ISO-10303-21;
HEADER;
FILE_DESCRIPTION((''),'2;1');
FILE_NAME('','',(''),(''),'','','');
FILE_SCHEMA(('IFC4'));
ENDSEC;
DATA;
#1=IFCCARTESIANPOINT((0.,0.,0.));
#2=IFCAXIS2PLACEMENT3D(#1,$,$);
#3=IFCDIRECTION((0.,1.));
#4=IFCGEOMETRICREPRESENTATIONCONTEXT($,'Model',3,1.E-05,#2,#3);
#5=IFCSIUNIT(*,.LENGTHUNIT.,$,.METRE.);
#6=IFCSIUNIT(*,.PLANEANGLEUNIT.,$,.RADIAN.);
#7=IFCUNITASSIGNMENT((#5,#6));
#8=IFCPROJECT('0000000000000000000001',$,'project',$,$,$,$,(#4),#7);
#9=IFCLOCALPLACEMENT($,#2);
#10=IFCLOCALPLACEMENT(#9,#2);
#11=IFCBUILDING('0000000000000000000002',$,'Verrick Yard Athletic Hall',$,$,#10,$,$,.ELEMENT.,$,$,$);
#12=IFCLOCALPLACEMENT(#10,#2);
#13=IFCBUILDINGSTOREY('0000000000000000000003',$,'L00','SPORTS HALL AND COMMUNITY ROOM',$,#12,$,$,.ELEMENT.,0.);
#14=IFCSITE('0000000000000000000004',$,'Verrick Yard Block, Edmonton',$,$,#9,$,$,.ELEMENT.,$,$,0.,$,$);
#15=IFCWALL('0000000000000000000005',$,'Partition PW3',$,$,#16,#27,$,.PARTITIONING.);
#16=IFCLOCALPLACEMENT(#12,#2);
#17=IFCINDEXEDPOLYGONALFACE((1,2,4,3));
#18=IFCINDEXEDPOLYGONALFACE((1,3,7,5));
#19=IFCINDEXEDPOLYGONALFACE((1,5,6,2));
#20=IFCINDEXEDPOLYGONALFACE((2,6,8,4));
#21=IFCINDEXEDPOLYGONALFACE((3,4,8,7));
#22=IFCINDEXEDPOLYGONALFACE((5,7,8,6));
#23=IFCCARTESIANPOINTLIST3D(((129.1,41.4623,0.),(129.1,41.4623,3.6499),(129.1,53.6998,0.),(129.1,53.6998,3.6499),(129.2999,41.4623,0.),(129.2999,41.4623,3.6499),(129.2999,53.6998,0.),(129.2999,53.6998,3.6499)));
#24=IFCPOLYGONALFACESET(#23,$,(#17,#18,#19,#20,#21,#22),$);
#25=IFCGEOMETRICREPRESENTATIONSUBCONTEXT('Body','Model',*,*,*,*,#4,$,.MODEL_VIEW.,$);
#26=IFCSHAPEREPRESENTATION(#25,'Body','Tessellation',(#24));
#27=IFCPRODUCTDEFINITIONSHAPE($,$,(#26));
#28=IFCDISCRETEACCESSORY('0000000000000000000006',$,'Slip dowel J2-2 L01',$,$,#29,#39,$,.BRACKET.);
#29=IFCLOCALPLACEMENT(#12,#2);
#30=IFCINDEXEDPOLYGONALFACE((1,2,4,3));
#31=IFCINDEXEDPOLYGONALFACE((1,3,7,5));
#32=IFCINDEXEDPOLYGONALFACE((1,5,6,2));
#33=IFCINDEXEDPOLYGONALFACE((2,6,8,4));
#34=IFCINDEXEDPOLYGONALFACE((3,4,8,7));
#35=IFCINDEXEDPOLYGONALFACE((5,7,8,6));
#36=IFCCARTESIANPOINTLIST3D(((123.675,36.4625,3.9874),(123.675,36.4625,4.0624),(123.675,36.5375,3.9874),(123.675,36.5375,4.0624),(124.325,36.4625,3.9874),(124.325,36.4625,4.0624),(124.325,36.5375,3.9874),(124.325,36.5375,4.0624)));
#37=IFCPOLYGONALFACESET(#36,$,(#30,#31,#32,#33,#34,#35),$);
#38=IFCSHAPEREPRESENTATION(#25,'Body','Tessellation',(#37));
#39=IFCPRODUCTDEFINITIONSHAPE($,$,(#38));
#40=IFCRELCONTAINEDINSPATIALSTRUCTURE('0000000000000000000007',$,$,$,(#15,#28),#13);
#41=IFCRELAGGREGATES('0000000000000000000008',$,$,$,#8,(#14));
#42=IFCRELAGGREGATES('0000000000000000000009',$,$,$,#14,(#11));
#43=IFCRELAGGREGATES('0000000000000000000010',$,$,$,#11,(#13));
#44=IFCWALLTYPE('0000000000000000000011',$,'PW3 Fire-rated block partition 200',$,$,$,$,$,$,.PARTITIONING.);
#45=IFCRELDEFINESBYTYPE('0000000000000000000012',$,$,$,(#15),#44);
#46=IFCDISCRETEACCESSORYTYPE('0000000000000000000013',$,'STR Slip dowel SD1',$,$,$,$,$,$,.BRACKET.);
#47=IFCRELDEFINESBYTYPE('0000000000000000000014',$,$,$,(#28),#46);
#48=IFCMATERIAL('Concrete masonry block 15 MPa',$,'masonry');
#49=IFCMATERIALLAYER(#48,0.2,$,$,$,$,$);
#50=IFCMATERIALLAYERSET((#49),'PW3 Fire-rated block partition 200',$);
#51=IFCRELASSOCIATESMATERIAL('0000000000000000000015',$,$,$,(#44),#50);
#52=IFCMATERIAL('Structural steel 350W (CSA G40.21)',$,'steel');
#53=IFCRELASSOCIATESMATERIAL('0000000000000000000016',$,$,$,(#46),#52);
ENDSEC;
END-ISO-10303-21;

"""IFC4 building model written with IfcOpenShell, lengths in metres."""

from ifc_helpers import new_model, si_unit, direction, frame, frame_2d, origin, origin_2d, place, context, subcontext, project, spatial, rectangle, extrude, material, layer, layer_set, material_profile, profile_set, type_object, element, save


model = new_model("IFC4")

# Units and contexts
model_context = context("Model", 3, precision=1e-05, world=origin(), true_north=direction((0.0, 1.0)))
body_context = subcontext(model_context, "Body", "Model", "MODEL_VIEW")
ifc_project = project(units=[si_unit("LENGTHUNIT", "METRE"), si_unit("PLANEANGLEUNIT", "RADIAN")], contexts=[model_context])

# Site, building, storey
site_placement = place(None, origin())
site = spatial("IfcSite", under=ifc_project, at=site_placement, Name="Verrick Yard Block, Edmonton", CompositionType="ELEMENT", RefElevation=0.0)
building_placement = place(site_placement, origin())
building = spatial("IfcBuilding", under=site, at=building_placement, Name="Verrick Yard Athletic Hall", CompositionType="ELEMENT")
storey_placement = place(building_placement, origin())
storey = spatial("IfcBuildingStorey", under=building, at=storey_placement, Name="L00", Description="SPORTS HALL AND COMMUNITY ROOM", CompositionType="ELEMENT", Elevation=0.0)

# Wall
ifc_material_1 = material(Name="Concrete masonry block 15 MPa", Category="masonry")
ifc_layer_1 = layer(ifc_material_1, 0.2)
ifc_layer_set_1 = layer_set([ifc_layer_1], Name="PW3 Fire-rated block partition 200")
wall_type_1 = type_object("IfcWallType", Name="PW3 Fire-rated block partition 200", PredefinedType="PARTITIONING", material=ifc_layer_set_1)
wall_1_placement = place(storey_placement, frame((129.2, 41.4624, 0.0), z_axis=(0.0, 0.0, 1.0), x_axis=(0.0, 1.0, 0.0)))
element("IfcWall", 1, at=wall_1_placement, inside=storey, type_object=wall_type_1, Name="Partition PW3", PredefinedType="PARTITIONING", context=body_context, shape_type="SweptSolid", body=[
    extrude(rectangle(XDim=12.2375, YDim=0.2, at=frame_2d((6.1187, 0.0))), origin(), (0.0, 0.0, 1.0), 3.6499),
])

# Discrete accessory
ifc_material_2 = material(Name="Structural steel 350W (CSA G40.21)", Category="steel")
ifc_material_profile_1 = material_profile(ifc_material_2, rectangle(XDim=0.075, YDim=0.075, at=origin_2d()), Name="STR Slip dowel SD1")
ifc_profile_set_1 = profile_set([ifc_material_profile_1], Name="Structural steel 350W (CSA G40.21)")
discrete_accessory_type = type_object("IfcDiscreteAccessoryType", Name="STR Slip dowel SD1", PredefinedType="BRACKET", material=ifc_profile_set_1)
discrete_accessory_placement = place(storey_placement, frame((123.675, 36.5, 4.0249), z_axis=(1.0, 0.0, 0.0), x_axis=(0.0, 1.0, 0.0)))
element("IfcDiscreteAccessory", 2, at=discrete_accessory_placement, inside=storey, type_object=discrete_accessory_type, Name="Slip dowel J2-2 L01", PredefinedType="BRACKET", context=body_context, shape_type="SweptSolid", body=[
    extrude(rectangle(XDim=0.075, YDim=0.075, at=origin_2d()), origin(), (0.0, 0.0, 1.0), 0.6499),
])

save(model, "model.ifc")
